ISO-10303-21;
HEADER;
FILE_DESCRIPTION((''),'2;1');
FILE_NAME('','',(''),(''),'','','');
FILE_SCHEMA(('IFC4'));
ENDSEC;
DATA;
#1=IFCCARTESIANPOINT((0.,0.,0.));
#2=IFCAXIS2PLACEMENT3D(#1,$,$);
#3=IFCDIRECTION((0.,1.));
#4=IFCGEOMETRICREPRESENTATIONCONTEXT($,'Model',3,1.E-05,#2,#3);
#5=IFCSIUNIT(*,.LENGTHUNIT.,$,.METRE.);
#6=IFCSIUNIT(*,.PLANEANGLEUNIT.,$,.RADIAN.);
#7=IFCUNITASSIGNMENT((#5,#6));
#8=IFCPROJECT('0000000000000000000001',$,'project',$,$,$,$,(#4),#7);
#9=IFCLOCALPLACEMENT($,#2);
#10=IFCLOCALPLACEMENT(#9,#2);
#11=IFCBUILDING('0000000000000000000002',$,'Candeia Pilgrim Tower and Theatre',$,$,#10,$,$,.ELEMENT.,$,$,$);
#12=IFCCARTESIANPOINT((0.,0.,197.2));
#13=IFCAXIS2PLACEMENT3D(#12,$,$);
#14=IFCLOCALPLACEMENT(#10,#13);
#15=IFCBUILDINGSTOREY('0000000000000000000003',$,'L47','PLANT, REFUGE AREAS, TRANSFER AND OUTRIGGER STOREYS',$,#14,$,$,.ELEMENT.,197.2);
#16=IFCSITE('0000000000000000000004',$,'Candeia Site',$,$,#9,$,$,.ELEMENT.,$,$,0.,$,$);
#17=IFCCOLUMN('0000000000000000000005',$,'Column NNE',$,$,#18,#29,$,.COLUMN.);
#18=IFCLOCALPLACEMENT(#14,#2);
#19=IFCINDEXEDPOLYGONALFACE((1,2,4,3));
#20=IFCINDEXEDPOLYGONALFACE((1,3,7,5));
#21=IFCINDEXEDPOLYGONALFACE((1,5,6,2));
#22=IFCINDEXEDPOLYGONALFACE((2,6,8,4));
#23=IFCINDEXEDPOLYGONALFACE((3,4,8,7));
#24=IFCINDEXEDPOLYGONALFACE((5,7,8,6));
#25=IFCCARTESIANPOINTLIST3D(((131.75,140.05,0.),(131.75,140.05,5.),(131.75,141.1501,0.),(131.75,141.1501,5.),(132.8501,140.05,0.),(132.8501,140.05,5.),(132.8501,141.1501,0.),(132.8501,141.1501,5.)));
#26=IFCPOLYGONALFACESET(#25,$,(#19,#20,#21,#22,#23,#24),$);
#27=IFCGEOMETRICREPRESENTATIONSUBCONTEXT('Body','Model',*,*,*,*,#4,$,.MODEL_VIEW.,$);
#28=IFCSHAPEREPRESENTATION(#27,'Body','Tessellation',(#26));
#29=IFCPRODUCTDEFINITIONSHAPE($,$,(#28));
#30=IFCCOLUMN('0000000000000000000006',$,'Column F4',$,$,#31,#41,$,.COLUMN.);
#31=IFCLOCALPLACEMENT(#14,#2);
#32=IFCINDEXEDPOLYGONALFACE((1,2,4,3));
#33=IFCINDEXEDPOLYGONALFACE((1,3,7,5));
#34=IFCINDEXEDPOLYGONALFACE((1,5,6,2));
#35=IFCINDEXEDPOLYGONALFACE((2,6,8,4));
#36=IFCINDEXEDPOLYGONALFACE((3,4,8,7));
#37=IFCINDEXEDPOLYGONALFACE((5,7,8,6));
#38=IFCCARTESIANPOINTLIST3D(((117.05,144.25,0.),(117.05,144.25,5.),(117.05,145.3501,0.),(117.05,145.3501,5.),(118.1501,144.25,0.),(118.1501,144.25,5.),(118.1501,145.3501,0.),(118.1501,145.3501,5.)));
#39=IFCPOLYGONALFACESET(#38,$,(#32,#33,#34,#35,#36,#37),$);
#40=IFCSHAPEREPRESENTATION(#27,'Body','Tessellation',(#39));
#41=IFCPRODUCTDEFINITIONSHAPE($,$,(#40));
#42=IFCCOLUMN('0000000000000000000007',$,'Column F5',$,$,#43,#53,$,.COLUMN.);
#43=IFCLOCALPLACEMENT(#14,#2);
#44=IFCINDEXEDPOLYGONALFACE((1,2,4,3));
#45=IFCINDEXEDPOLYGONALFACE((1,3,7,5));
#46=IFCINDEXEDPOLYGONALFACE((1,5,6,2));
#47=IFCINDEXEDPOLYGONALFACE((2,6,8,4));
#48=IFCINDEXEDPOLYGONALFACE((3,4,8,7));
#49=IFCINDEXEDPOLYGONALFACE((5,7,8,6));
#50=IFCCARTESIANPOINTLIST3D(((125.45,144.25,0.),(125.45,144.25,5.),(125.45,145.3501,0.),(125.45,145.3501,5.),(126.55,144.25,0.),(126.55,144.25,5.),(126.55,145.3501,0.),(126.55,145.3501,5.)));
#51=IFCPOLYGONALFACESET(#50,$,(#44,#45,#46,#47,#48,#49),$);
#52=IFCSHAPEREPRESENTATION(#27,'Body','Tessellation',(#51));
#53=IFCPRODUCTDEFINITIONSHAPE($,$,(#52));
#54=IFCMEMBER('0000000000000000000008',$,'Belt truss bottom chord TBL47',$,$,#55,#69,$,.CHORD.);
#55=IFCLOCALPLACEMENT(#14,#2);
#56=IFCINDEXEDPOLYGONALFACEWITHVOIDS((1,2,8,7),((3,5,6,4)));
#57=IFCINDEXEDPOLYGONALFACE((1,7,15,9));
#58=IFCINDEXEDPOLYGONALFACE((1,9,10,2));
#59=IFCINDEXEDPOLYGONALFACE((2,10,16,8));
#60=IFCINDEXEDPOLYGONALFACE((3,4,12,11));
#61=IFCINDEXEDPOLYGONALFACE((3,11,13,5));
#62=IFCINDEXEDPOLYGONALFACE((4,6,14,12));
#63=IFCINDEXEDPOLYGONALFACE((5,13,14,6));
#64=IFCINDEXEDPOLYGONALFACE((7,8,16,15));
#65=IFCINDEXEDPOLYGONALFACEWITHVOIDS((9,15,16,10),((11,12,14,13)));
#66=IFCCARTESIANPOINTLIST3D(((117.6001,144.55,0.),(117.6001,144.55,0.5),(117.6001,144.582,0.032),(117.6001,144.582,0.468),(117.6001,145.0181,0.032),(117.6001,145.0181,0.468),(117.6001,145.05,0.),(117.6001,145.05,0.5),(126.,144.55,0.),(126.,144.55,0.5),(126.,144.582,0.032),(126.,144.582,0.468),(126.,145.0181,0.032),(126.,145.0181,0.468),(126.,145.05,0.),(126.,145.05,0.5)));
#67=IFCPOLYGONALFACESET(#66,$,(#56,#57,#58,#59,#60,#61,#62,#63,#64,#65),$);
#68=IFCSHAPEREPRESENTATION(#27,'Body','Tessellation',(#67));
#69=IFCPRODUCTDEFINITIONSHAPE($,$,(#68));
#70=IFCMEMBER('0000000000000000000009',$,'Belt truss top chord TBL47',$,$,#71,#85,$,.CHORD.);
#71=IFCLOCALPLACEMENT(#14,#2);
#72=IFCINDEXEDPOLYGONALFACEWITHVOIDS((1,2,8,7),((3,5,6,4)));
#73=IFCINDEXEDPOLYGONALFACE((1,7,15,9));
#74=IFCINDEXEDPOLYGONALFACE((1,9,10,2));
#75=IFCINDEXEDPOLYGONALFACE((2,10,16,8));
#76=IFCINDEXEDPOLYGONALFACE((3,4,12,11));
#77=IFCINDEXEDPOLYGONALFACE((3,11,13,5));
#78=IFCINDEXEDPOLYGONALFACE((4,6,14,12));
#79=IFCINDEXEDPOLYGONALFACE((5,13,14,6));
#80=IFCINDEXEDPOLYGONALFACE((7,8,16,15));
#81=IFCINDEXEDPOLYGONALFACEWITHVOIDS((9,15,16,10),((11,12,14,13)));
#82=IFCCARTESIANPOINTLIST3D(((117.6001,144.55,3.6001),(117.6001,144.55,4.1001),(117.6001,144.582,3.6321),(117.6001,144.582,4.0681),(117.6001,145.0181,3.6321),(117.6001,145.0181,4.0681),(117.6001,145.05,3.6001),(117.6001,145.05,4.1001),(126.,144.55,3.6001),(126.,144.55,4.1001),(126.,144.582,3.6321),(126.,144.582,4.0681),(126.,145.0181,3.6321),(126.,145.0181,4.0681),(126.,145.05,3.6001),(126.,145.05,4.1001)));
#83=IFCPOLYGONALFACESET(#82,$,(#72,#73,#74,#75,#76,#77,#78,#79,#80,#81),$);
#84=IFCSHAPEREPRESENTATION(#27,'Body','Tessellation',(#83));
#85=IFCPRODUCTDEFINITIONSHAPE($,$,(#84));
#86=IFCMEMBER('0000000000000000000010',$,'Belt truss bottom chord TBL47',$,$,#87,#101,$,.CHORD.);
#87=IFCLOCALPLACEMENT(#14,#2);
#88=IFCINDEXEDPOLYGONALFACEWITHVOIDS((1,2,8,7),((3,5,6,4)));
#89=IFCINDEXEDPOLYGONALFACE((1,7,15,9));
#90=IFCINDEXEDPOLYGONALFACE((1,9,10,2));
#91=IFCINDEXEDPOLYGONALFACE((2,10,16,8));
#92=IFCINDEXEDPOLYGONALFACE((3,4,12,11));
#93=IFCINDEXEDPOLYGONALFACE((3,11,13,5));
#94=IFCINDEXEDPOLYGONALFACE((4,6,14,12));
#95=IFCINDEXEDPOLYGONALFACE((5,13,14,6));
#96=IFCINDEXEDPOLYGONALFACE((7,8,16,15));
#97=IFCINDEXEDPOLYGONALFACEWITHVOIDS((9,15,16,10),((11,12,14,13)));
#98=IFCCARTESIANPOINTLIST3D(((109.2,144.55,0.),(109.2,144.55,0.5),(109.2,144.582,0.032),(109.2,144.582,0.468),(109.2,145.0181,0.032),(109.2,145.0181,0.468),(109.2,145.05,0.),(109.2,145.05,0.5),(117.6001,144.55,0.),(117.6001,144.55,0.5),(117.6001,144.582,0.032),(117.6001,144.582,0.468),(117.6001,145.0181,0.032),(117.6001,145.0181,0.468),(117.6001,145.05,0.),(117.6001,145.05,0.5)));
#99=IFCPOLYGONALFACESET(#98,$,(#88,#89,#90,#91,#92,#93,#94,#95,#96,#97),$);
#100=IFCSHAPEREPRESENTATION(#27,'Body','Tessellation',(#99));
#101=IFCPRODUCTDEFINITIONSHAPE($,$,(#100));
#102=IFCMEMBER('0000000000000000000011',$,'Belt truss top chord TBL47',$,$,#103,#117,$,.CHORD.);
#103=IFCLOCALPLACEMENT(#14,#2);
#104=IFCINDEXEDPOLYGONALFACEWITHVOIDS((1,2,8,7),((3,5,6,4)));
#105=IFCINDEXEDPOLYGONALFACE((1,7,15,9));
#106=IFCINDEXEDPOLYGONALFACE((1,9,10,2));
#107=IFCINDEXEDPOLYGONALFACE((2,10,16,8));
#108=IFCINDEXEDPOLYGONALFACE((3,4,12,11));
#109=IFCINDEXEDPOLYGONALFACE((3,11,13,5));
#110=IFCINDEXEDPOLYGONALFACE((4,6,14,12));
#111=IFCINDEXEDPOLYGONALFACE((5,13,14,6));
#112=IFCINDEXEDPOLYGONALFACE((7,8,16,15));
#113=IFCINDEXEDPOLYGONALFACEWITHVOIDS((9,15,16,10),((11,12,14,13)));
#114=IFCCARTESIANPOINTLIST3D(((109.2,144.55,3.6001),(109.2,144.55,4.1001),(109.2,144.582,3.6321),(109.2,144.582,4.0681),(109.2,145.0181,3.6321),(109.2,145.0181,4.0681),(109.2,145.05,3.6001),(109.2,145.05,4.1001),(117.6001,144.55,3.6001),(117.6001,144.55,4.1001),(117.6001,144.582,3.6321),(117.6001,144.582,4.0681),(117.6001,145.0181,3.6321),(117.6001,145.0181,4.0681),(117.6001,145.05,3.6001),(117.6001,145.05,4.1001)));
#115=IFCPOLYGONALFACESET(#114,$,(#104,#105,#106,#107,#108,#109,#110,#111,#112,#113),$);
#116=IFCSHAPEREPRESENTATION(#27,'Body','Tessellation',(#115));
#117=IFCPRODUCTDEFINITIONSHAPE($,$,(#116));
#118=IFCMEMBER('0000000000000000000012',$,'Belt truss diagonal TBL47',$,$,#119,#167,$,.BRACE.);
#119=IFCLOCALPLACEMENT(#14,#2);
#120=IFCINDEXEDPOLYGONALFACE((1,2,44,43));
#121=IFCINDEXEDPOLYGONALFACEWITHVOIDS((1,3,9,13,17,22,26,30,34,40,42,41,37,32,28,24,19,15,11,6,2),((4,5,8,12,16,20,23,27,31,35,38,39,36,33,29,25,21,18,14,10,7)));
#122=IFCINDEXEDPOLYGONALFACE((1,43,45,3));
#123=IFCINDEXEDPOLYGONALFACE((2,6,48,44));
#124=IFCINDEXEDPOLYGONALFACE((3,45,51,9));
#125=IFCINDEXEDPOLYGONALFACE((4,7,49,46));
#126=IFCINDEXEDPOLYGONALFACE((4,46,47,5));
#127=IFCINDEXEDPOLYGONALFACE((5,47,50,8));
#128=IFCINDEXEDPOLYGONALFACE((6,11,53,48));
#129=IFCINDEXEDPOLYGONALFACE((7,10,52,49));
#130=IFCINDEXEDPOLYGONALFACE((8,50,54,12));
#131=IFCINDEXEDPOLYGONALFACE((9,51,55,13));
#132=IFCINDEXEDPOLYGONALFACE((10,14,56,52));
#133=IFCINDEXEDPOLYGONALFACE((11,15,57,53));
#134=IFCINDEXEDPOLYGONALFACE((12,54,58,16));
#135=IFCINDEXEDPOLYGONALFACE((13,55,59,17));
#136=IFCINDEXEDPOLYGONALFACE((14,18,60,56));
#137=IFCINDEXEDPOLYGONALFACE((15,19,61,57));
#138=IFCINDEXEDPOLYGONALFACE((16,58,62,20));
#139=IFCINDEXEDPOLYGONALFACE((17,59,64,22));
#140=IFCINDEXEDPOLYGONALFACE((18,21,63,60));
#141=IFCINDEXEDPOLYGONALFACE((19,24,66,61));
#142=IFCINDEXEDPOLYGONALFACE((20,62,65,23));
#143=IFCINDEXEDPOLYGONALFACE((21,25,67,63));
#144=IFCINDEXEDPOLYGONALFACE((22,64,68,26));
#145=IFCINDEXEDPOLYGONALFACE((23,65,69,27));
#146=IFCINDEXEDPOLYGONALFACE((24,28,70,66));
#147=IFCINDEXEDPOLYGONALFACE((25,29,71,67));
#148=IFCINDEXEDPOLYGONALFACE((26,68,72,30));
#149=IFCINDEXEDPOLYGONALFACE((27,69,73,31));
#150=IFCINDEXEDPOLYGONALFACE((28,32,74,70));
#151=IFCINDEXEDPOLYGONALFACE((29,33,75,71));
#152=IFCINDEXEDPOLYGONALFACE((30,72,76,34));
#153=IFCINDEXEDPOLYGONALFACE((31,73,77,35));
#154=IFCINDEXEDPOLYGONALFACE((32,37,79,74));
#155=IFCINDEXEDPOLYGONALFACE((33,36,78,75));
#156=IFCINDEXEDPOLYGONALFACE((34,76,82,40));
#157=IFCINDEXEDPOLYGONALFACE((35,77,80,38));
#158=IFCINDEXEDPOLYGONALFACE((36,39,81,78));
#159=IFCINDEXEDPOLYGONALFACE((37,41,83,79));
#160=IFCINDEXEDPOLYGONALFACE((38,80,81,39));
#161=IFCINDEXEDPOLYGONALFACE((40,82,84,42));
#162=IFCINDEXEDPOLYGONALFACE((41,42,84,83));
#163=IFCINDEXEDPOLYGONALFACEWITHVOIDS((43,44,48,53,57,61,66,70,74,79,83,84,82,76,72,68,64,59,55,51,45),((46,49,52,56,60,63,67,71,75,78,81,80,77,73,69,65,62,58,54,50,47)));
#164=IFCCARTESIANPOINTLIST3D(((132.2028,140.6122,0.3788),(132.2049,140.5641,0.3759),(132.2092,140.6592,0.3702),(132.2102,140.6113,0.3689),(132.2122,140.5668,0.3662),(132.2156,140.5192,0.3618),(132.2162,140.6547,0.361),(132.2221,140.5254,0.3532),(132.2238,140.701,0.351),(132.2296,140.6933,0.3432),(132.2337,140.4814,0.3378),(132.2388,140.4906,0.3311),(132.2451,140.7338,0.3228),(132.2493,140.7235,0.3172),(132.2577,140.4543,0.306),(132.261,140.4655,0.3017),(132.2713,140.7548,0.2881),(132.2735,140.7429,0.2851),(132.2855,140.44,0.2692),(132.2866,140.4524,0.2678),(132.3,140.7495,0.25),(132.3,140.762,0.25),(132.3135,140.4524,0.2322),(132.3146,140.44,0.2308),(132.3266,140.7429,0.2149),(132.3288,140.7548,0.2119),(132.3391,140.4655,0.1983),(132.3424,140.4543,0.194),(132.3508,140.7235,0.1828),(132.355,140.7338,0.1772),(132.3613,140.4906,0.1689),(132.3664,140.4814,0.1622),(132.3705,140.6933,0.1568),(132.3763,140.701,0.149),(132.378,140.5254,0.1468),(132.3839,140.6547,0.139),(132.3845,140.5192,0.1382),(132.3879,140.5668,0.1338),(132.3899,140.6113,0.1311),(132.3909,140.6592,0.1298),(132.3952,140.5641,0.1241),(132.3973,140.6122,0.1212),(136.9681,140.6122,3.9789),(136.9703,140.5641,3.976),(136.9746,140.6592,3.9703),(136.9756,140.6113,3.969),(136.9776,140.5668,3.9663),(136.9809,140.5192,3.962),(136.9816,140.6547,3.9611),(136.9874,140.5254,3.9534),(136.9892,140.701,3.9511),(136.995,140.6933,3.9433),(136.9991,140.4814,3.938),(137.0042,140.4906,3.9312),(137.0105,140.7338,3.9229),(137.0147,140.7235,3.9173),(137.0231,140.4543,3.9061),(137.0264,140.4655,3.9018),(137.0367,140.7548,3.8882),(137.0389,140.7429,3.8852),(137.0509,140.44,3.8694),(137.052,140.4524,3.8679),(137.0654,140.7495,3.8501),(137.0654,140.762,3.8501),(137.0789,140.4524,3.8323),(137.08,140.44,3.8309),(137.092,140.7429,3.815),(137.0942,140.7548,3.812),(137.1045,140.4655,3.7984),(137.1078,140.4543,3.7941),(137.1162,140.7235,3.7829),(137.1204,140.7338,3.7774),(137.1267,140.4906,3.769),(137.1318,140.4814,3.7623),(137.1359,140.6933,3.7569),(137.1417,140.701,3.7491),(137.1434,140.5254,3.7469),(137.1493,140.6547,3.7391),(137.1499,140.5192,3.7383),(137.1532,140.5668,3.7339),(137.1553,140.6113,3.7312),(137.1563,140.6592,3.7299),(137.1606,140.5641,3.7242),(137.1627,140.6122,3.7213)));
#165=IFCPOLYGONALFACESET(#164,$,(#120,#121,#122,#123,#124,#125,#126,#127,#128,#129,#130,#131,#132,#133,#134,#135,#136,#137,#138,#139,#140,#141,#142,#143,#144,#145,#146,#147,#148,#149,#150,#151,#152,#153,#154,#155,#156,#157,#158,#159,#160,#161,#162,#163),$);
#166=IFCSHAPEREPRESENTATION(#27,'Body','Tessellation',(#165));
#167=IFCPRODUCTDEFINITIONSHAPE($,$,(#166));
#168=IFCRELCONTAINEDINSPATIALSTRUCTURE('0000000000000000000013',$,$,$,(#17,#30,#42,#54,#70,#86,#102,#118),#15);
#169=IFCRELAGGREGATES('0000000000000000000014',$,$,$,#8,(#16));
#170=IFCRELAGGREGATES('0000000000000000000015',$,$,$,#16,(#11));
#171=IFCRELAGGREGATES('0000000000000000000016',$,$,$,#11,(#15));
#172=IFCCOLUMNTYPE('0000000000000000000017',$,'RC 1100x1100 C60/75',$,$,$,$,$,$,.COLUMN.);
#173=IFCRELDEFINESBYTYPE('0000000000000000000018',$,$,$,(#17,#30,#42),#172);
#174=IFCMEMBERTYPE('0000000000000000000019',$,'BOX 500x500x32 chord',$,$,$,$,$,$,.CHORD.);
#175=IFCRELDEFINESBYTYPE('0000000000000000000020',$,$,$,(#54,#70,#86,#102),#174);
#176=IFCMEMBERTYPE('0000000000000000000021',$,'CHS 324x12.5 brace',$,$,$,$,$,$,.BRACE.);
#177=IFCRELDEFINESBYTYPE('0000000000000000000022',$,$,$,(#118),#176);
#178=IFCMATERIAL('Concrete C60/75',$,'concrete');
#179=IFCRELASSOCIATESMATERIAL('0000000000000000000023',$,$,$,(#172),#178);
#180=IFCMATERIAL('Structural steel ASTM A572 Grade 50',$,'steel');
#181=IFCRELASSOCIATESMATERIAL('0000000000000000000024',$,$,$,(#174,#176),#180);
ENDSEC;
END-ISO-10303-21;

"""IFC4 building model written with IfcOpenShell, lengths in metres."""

from ifc_helpers import new_model, si_unit, direction, frame, origin, origin_2d, place, context, subcontext, project, spatial, rectangle, hollow_rectangle, hollow_circle, extrude, material, material_profile, profile_set, type_object, element, save


model = new_model("IFC4")

# Units and contexts
model_context = context("Model", 3, precision=1e-05, world=origin(), true_north=direction((0.0, 1.0)))
body_context = subcontext(model_context, "Body", "Model", "MODEL_VIEW")
ifc_project = project(units=[si_unit("LENGTHUNIT", "METRE"), si_unit("PLANEANGLEUNIT", "RADIAN")], contexts=[model_context])

# Site, building, storey
site_placement = place(None, origin())
site = spatial("IfcSite", under=ifc_project, at=site_placement, Name="Candeia Site", CompositionType="ELEMENT", RefElevation=0.0)
building_placement = place(site_placement, origin())
building = spatial("IfcBuilding", under=site, at=building_placement, Name="Candeia Pilgrim Tower and Theatre", CompositionType="ELEMENT")
storey_placement = place(building_placement, frame((0.0, 0.0, 197.2)))
storey = spatial("IfcBuildingStorey", under=building, at=storey_placement, Name="L47", Description="PLANT, REFUGE AREAS, TRANSFER AND OUTRIGGER STOREYS", CompositionType="ELEMENT", Elevation=197.2)

# Columns
ifc_material_1 = material(Name="Concrete C60/75", Category="concrete")
ifc_material_profile_1 = material_profile(ifc_material_1, rectangle(XDim=1.1001, YDim=1.1001, at=origin_2d()))
ifc_profile_set_1 = profile_set([ifc_material_profile_1], Name="Concrete C60/75")
column_type = type_object("IfcColumnType", Name="RC 1100x1100 C60/75", PredefinedType="COLUMN", material=ifc_profile_set_1)
for number, where, z_axis, x_axis, name in (
    (1, (132.3, 140.6001, 0.0), (0.0, 0.0, 1.0), (1.0, 0.0, 0.0), "Column NNE"),
    (2, (117.6001, 144.8, 0.0), (0.0, 0.0, 1.0), (1.0, 0.0, 0.0), "Column F4"),
    (3, (126.0, 144.8, 0.0), (0.0, 0.0, 1.0), (1.0, 0.0, 0.0), "Column F5"),
):
    element("IfcColumn", number, at=place(storey_placement, frame(where, z_axis=z_axis, x_axis=x_axis)), inside=storey, type_object=column_type, Name=name, PredefinedType="COLUMN", context=body_context, shape_type="SweptSolid", body=[
        extrude(rectangle(XDim=1.1001, YDim=1.1001, at=origin_2d()), origin(), (0.0, 0.0, 1.0), 5.0),
    ])

# Members
ifc_material_2 = material(Name="Structural steel ASTM A572 Grade 50", Category="steel")
ifc_material_profile_2 = material_profile(ifc_material_2, hollow_rectangle(XDim=0.5, YDim=0.5, WallThickness=0.032, at=origin_2d()))
ifc_profile_set_2 = profile_set([ifc_material_profile_2], Name="Structural steel ASTM A572 Grade 50")
member_type_1 = type_object("IfcMemberType", Name="BOX 500x500x32 chord", PredefinedType="CHORD", material=ifc_profile_set_2)
for number, where, z_axis, x_axis, name in (
    (4, (126.0, 144.8, 0.25), (-1.0, 0.0, 0.0), (0.0, -1.0, 0.0), "Belt truss bottom chord TBL47"),
    (5, (126.0, 144.8, 3.8501), (-1.0, 0.0, 0.0), (0.0, -1.0, 0.0), "Belt truss top chord TBL47"),
):
    element("IfcMember", number, at=place(storey_placement, frame(where, z_axis=z_axis, x_axis=x_axis)), inside=storey, type_object=member_type_1, Name=name, PredefinedType="CHORD", context=body_context, shape_type="SweptSolid", body=[
        extrude(hollow_rectangle(XDim=0.5, YDim=0.5, WallThickness=0.032, at=origin_2d()), origin(), (0.0, 0.0, 1.0), 8.3999),
    ])
for number, where, z_axis, x_axis, name in (
    (6, (117.6001, 144.8, 0.25), (-1.0, 0.0, 0.0), (0.0, -1.0, 0.0), "Belt truss bottom chord TBL47"),
    (7, (117.6001, 144.8, 3.8501), (-1.0, 0.0, 0.0), (0.0, -1.0, 0.0), "Belt truss top chord TBL47"),
):
    element("IfcMember", number, at=place(storey_placement, frame(where, z_axis=z_axis, x_axis=x_axis)), inside=storey, type_object=member_type_1, Name=name, PredefinedType="CHORD", context=body_context, shape_type="SweptSolid", body=[
        extrude(hollow_rectangle(XDim=0.5, YDim=0.5, WallThickness=0.032, at=origin_2d()), origin(), (0.0, 0.0, 1.0), 8.4001),
    ])
ifc_material_profile_3 = material_profile(ifc_material_2, hollow_circle(Radius=0.1619, WallThickness=0.0125, at=origin_2d()))
ifc_profile_set_3 = profile_set([ifc_material_profile_3], Name="Structural steel ASTM A572 Grade 50")
member_type_2 = type_object("IfcMemberType", Name="CHS 324x12.5 brace", PredefinedType="BRACE", material=ifc_profile_set_3)
member_1_placement = place(storey_placement, frame((132.3, 140.6001, 0.25), z_axis=(0.797901, 0.0, 0.602789), x_axis=(0.0, 1.0, 0.0)))
element("IfcMember", 8, at=member_1_placement, inside=storey, type_object=member_type_2, Name="Belt truss diagonal TBL47", PredefinedType="BRACE", context=body_context, shape_type="SweptSolid", body=[
    extrude(hollow_circle(Radius=0.1619, WallThickness=0.0125, at=origin_2d()), origin(), (0.0, 0.0, 1.0), 5.9724),
])

save(model, "model.ifc")
